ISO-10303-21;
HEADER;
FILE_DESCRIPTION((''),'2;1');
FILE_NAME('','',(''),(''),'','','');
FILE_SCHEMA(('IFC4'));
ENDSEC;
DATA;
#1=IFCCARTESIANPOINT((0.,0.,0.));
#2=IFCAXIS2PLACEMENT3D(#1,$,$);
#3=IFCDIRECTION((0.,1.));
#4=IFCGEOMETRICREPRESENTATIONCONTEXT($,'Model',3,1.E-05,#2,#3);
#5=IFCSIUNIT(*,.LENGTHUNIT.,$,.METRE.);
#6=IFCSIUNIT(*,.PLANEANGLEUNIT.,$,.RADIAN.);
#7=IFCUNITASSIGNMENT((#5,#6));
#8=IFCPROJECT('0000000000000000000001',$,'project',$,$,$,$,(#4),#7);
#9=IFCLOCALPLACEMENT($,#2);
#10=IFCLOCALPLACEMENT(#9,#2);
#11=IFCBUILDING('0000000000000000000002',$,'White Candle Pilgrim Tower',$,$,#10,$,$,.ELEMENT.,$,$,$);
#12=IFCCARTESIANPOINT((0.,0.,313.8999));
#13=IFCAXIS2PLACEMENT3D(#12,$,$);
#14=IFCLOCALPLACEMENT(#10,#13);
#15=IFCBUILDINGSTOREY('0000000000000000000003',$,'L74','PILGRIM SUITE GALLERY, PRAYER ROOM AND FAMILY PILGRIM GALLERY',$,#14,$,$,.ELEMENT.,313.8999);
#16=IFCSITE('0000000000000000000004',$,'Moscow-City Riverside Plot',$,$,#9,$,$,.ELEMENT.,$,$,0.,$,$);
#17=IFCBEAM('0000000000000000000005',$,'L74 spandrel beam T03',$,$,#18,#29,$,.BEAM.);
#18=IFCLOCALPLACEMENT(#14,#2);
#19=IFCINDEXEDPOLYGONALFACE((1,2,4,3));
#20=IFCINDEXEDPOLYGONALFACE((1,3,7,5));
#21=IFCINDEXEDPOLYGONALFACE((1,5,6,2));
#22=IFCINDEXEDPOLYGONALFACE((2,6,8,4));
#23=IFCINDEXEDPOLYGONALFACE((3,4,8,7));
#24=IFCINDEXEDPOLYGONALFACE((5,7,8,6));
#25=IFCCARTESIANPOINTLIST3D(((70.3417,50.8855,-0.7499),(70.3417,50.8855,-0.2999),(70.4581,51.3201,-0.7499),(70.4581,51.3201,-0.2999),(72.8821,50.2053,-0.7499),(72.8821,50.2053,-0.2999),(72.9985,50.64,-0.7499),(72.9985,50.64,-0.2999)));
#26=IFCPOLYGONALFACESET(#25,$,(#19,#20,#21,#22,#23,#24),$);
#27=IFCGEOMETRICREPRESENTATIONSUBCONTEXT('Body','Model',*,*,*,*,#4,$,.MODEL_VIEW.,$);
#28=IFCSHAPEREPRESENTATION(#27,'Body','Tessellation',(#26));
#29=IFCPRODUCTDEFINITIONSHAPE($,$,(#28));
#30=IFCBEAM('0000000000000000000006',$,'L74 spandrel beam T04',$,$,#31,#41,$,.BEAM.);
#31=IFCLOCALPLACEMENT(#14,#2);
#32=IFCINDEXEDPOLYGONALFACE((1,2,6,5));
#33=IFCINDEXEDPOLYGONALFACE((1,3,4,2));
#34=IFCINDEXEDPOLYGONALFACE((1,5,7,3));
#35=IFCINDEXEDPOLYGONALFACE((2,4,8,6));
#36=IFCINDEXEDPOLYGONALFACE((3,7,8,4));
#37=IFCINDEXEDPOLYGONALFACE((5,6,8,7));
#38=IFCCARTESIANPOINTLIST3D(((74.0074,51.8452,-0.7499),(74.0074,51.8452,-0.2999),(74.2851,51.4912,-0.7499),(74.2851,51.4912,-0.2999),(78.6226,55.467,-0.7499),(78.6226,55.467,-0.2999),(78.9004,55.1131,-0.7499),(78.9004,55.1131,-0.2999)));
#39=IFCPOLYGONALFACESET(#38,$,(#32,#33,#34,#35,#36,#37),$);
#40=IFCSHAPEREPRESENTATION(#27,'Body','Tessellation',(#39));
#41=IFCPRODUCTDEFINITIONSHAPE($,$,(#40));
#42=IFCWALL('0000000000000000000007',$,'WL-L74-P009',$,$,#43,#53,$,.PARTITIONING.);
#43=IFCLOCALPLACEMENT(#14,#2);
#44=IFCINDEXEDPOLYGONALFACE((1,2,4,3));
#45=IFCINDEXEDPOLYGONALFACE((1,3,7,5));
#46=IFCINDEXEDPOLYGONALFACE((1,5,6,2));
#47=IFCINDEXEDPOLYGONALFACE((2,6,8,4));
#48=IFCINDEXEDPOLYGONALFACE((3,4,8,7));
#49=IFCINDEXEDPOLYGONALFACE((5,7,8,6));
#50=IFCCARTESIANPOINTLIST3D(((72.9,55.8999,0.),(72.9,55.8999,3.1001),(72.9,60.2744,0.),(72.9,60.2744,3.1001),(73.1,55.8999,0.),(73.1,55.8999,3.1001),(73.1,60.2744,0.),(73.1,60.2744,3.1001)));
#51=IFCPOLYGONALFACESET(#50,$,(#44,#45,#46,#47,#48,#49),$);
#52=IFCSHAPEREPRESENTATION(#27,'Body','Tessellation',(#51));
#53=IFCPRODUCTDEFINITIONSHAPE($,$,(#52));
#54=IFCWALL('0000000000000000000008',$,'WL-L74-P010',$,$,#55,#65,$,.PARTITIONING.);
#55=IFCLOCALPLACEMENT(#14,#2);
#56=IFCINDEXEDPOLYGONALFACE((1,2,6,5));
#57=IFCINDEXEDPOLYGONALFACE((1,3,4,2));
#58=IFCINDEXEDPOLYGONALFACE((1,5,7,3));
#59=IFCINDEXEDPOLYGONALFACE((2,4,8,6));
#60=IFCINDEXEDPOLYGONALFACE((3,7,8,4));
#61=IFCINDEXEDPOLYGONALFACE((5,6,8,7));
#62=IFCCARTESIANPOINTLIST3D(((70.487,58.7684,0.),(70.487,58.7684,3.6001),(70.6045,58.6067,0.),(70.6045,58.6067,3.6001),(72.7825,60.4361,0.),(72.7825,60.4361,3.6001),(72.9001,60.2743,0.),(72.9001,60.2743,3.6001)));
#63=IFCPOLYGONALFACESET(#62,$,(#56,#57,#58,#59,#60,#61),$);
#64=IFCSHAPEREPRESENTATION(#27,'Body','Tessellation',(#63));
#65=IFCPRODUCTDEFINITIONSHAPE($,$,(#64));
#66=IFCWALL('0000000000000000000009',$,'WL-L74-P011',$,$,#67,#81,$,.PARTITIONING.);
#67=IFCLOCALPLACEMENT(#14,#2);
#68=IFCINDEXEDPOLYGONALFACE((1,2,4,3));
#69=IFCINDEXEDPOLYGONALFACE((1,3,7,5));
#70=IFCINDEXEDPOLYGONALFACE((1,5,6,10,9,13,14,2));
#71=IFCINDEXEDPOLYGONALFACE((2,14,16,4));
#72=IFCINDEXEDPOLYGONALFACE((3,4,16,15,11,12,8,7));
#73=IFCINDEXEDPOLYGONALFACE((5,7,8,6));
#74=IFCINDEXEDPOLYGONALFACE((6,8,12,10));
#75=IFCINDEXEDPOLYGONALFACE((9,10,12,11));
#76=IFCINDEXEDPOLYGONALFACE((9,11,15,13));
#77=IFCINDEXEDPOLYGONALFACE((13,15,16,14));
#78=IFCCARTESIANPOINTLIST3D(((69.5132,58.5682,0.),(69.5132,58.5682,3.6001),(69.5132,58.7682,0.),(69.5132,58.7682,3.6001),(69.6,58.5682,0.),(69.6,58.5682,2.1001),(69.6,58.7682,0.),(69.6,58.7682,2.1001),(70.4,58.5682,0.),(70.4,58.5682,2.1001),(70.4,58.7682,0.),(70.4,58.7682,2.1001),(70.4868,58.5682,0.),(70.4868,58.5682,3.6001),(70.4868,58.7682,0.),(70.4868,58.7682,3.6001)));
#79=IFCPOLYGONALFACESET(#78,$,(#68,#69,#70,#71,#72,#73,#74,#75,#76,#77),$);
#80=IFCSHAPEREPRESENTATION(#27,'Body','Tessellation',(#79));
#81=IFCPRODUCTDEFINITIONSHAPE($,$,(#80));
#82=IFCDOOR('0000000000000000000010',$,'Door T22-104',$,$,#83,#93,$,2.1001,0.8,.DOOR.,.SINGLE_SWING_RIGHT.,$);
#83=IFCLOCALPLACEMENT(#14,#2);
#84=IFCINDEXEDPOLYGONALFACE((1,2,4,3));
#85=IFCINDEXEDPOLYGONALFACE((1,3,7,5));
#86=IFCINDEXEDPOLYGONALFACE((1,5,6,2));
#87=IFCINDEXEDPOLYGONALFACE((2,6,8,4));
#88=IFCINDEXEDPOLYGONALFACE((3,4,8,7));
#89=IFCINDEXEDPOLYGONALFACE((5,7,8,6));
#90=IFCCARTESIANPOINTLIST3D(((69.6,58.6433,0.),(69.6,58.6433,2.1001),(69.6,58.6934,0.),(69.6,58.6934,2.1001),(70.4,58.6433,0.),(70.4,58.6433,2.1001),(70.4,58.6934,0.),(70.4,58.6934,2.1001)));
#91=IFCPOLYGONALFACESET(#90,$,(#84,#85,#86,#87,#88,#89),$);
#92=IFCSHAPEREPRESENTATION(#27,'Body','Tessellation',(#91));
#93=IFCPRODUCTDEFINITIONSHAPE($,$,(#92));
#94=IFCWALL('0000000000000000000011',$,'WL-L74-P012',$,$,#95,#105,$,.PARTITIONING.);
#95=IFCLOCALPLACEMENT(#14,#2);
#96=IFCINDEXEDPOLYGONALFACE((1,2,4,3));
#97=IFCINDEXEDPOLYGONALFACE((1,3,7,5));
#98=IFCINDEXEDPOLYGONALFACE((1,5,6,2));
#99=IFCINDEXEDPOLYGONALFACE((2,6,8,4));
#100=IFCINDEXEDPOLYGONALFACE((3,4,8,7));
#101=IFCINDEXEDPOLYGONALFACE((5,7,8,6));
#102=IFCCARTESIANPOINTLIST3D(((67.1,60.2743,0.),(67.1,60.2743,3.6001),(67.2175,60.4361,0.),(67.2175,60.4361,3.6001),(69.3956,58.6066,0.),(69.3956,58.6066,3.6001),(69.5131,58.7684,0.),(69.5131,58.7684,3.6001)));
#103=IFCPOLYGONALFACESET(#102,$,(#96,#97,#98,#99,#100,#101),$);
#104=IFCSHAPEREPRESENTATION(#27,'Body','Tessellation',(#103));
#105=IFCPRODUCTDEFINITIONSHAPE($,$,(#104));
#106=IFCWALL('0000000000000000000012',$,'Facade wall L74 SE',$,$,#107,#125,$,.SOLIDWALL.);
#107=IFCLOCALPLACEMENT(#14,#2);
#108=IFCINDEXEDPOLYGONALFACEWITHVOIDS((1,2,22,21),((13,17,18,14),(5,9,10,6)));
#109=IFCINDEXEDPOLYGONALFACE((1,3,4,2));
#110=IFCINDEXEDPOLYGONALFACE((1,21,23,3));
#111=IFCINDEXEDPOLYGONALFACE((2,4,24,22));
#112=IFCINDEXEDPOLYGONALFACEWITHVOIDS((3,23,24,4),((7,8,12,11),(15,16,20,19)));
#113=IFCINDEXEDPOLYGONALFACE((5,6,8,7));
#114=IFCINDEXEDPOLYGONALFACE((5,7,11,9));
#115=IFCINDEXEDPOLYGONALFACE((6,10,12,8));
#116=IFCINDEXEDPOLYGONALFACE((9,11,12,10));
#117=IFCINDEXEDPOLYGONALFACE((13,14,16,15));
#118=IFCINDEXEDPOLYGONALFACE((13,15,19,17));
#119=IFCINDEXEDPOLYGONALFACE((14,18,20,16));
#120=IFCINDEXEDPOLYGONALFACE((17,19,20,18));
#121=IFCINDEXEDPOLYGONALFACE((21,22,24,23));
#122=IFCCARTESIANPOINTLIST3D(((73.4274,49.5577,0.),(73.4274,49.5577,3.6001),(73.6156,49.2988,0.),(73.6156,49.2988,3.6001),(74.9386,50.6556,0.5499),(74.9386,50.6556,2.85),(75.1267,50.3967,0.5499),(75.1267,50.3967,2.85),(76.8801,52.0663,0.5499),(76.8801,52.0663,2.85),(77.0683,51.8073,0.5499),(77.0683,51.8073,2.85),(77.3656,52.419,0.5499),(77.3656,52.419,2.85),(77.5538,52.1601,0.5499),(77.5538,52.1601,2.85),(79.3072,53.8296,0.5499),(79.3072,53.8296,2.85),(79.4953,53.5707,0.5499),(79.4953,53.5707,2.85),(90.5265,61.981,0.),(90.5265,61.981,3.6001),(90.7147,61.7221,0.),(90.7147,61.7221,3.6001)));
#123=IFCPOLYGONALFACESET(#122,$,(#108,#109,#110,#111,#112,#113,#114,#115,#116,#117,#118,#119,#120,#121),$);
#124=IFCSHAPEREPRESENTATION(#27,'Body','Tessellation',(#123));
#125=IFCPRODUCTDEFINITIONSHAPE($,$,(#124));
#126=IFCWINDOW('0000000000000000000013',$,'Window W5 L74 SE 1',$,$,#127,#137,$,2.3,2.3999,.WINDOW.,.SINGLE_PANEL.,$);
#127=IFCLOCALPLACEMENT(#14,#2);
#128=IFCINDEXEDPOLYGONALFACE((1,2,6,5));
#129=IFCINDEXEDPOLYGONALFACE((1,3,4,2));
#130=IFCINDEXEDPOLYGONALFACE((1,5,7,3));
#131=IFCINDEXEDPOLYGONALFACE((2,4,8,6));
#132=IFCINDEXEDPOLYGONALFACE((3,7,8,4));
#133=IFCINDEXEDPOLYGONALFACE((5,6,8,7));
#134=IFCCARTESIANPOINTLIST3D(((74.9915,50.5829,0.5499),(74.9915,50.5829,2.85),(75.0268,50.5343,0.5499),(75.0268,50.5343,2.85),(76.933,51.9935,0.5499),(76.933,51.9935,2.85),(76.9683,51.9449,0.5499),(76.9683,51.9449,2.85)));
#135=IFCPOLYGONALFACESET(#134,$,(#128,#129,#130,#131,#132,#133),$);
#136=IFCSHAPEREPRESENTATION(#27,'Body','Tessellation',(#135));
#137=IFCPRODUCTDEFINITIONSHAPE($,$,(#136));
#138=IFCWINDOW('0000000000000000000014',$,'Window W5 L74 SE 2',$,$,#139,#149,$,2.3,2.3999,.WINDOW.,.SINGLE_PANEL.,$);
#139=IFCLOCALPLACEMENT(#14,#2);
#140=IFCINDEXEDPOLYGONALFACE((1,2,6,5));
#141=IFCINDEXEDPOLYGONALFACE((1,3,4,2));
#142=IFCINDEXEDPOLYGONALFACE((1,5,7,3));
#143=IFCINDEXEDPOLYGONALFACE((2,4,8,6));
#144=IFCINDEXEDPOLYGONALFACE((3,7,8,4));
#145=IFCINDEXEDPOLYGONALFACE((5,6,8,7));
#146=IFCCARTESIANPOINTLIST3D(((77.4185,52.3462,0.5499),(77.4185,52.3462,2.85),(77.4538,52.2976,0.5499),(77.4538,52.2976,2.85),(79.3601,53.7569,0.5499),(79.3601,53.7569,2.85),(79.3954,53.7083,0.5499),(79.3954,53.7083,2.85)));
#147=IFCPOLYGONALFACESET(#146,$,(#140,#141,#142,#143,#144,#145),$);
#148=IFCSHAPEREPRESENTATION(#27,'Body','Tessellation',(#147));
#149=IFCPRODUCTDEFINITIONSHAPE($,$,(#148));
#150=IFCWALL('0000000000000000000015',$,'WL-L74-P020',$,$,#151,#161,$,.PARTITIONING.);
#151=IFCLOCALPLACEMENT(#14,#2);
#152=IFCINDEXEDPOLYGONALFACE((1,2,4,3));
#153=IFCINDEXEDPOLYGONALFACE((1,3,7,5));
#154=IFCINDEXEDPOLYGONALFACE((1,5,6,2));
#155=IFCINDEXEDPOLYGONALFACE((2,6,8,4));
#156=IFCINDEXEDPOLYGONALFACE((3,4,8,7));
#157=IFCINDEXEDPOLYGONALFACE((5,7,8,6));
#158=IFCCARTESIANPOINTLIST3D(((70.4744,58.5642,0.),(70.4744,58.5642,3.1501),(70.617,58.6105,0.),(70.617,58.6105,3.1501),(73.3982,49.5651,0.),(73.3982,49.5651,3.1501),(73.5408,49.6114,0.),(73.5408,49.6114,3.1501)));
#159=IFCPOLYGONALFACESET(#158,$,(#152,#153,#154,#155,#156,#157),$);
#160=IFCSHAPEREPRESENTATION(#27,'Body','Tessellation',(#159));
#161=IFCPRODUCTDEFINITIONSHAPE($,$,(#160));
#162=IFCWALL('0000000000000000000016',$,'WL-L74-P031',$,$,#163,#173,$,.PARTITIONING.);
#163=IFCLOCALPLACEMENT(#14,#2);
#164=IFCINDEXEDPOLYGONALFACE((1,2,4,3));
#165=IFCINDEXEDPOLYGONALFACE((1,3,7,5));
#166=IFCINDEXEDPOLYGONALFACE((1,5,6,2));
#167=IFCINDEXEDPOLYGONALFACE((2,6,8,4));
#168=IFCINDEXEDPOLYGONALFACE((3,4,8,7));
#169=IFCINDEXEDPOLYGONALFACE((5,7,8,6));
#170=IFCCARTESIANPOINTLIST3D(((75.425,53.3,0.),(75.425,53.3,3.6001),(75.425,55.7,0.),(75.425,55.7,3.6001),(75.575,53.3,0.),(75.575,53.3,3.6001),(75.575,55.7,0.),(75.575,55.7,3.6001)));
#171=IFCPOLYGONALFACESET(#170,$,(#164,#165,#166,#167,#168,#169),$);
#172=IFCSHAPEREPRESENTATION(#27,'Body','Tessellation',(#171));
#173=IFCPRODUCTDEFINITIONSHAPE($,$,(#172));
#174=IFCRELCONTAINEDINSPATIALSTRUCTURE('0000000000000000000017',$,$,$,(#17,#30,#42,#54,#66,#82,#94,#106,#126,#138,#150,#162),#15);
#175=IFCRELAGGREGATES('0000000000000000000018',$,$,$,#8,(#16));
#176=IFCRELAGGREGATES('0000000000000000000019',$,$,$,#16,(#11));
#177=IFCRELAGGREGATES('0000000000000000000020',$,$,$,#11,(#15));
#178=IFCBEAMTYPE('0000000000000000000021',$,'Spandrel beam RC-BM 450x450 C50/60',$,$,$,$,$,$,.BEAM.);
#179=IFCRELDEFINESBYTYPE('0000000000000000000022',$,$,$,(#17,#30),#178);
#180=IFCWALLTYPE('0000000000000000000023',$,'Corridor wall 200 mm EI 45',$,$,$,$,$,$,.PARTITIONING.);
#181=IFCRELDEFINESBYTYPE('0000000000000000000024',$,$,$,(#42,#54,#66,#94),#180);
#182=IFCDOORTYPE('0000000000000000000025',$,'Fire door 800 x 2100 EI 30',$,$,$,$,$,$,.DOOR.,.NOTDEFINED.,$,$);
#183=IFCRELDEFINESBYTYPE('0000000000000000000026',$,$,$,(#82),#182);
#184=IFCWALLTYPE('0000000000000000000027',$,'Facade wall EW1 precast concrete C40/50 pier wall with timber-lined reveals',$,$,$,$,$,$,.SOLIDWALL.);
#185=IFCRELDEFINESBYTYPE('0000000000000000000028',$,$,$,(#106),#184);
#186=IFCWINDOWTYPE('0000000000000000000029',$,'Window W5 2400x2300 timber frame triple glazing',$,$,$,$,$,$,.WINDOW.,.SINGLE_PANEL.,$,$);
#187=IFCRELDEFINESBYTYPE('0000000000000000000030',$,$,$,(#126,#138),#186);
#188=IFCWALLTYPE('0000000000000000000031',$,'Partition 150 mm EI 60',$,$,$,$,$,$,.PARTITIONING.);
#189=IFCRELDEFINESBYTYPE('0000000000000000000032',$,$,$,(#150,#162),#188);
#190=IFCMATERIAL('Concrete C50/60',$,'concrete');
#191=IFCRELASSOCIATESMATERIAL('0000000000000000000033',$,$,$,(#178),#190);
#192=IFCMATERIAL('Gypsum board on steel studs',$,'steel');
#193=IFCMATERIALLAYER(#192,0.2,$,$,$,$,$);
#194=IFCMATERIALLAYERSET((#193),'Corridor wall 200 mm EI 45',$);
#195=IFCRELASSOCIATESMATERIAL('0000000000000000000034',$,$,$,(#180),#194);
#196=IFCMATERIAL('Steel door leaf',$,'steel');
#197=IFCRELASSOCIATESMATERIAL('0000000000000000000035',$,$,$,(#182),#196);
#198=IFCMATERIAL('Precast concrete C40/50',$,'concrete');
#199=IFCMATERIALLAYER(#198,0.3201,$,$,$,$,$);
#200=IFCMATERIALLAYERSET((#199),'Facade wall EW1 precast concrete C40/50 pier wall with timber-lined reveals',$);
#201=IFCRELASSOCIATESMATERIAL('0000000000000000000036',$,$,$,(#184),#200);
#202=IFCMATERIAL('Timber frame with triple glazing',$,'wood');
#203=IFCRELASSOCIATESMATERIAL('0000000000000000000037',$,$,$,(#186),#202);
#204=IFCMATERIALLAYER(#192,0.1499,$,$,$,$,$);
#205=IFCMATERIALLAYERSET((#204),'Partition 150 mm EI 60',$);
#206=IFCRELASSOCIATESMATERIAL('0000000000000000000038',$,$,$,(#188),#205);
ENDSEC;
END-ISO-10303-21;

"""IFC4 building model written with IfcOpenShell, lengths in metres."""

from ifc_helpers import new_model, si_unit, direction, frame, frame_2d, origin, origin_2d, place, context, subcontext, project, spatial, rectangle, extrude, material, layer, layer_set, material_profile, profile_set, type_object, element, fill, save


model = new_model("IFC4")

# Units and contexts
model_context = context("Model", 3, precision=1e-05, world=origin(), true_north=direction((0.0, 1.0)))
body_context = subcontext(model_context, "Body", "Model", "MODEL_VIEW")
ifc_project = project(units=[si_unit("LENGTHUNIT", "METRE"), si_unit("PLANEANGLEUNIT", "RADIAN")], contexts=[model_context])

# Site, building, storey
site_placement = place(None, origin())
site = spatial("IfcSite", under=ifc_project, at=site_placement, Name="Moscow-City Riverside Plot", CompositionType="ELEMENT", RefElevation=0.0)
building_placement = place(site_placement, origin())
building = spatial("IfcBuilding", under=site, at=building_placement, Name="White Candle Pilgrim Tower", CompositionType="ELEMENT")
storey_placement = place(building_placement, frame((0.0, 0.0, 313.8999)))
storey = spatial("IfcBuildingStorey", under=building, at=storey_placement, Name="L74", Description="PILGRIM SUITE GALLERY, PRAYER ROOM AND FAMILY PILGRIM GALLERY", CompositionType="ELEMENT", Elevation=313.8999)

# Beams
ifc_material_1 = material(Name="Concrete C50/60", Category="concrete")
ifc_material_profile_1 = material_profile(ifc_material_1, rectangle(XDim=0.45, YDim=0.45, at=origin_2d()), Name="RC-BM 450x450")
ifc_profile_set_1 = profile_set([ifc_material_profile_1], Name="Concrete C50/60")
beam_type_1 = type_object("IfcBeamType", Name="Spandrel beam RC-BM 450x450 C50/60", PredefinedType="BEAM", material=ifc_profile_set_1)
beam_1_placement = place(storey_placement, frame((70.3999, 51.1028, -0.5249), z_axis=(0.965979, -0.258622, 0.0), x_axis=(0.258622, 0.965979, 0.0)))
element("IfcBeam", 1, at=beam_1_placement, inside=storey, type_object=beam_type_1, Name="L74 spandrel beam T03", PredefinedType="BEAM", context=body_context, shape_type="SweptSolid", body=[
    extrude(rectangle(XDim=0.45, YDim=0.45, at=origin_2d()), origin(), (0.0, 0.0, 1.0), 2.6299),
])
beam_2_placement = place(storey_placement, frame((74.1462, 51.6682, -0.5249), z_axis=(0.786685, 0.617355, 0.0), x_axis=(-0.617355, 0.786685, 0.0)))
element("IfcBeam", 2, at=beam_2_placement, inside=storey, type_object=beam_type_1, Name="L74 spandrel beam T04", PredefinedType="BEAM", context=body_context, shape_type="SweptSolid", body=[
    extrude(rectangle(XDim=0.45, YDim=0.45, at=origin_2d()), origin(), (0.0, 0.0, 1.0), 5.8667),
])

# Walls
ifc_material_2 = material(Name="Gypsum board on steel studs", Category="steel")
ifc_layer_1 = layer(ifc_material_2, 0.2)
ifc_layer_set_1 = layer_set([ifc_layer_1], Name="Corridor wall 200 mm EI 45")
wall_type_1 = type_object("IfcWallType", Name="Corridor wall 200 mm EI 45", PredefinedType="PARTITIONING", material=ifc_layer_set_1)
wall_1_placement = place(storey_placement, frame((73.0, 55.8999, 0.0), z_axis=(0.0, 0.0, 1.0), x_axis=(0.0, 1.0, 0.0)))
element("IfcWall", 3, at=wall_1_placement, inside=storey, type_object=wall_type_1, Name="WL-L74-P009", PredefinedType="PARTITIONING", context=body_context, shape_type="SweptSolid", body=[
    extrude(rectangle(XDim=4.3745, YDim=0.2, at=frame_2d((2.1873, 0.0))), origin(), (0.0, 0.0, 1.0), 3.1001),
])
wall_2_placement = place(storey_placement, frame((72.8413, 60.3552, 0.0), z_axis=(0.0, 0.0, 1.0), x_axis=(-0.809045, -0.587747, 0.0)))
element("IfcWall", 4, at=wall_2_placement, inside=storey, type_object=wall_type_1, Name="WL-L74-P010", PredefinedType="PARTITIONING", context=body_context, shape_type="SweptSolid", body=[
    extrude(rectangle(XDim=2.8374, YDim=0.2, at=frame_2d((1.4187, 0.0))), origin(), (0.0, 0.0, 1.0), 3.6001),
])

# Wall, opening, door
wall_3_placement = place(storey_placement, frame((70.4868, 58.6682, 0.0), z_axis=(0.0, 0.0, 1.0), x_axis=(-1.0, 0.0, 0.0)))
wall_3 = element("IfcWall", 5, at=wall_3_placement, inside=storey, type_object=wall_type_1, Name="WL-L74-P011", PredefinedType="PARTITIONING", context=body_context, shape_type="SweptSolid", body=[
    extrude(rectangle(XDim=0.9736, YDim=0.2, at=frame_2d((0.4868, 0.0))), origin(), (0.0, 0.0, 1.0), 3.6001),
])
opening_1_placement = place(wall_3_placement, frame((0.0869, 0.0, 0.0)))
opening_1 = element("IfcOpeningElement", 6, at=opening_1_placement, cuts=wall_3, PredefinedType="OPENING", context=body_context, shape_type="SweptSolid", body=[
    extrude(rectangle(XDim=0.8, YDim=2.1001, at=frame_2d((0.3999, 1.05))), frame((0.0, 0.1099, 0.0), z_axis=(0.0, -1.0, 0.0), x_axis=(1.0, 0.0, 0.0)), (0.0, 0.0, 1.0), 0.22),
])
ifc_material_3 = material(Name="Steel door leaf", Category="steel")
door_type_1 = type_object("IfcDoorType", Name="Fire door 800 x 2100 EI 30", OperationType="NOTDEFINED", PredefinedType="DOOR", material=ifc_material_3)
door_1_placement = place(opening_1_placement, origin())
door_1 = element("IfcDoor", 7, at=door_1_placement, inside=storey, type_object=door_type_1, Name="Door T22-104", OperationType="SINGLE_SWING_RIGHT", OverallHeight=2.1001, OverallWidth=0.8, PredefinedType="DOOR", context=body_context, shape_type="SweptSolid", body=[
    extrude(rectangle(XDim=0.8, YDim=2.1001, at=frame_2d((0.3999, 1.05))), frame((0.0, 0.0249, 0.0), z_axis=(0.0, -1.0, 0.0), x_axis=(1.0, 0.0, 0.0)), (0.0, 0.0, 1.0), 0.05),
])
fill(opening_1, door_1)

# Wall
wall_4_placement = place(storey_placement, frame((69.4543, 58.6875, 0.0), z_axis=(0.0, 0.0, 1.0), x_axis=(-0.809045, 0.587747, 0.0)))
element("IfcWall", 8, at=wall_4_placement, inside=storey, type_object=wall_type_1, Name="WL-L74-P012", PredefinedType="PARTITIONING", context=body_context, shape_type="SweptSolid", body=[
    extrude(rectangle(XDim=2.8374, YDim=0.2, at=frame_2d((1.4187, 0.0))), origin(), (0.0, 0.0, 1.0), 3.6001),
])

# Wall, openings, windows
ifc_material_4 = material(Name="Precast concrete C40/50", Category="concrete")
ifc_layer_2 = layer(ifc_material_4, 0.3201)
ifc_layer_set_2 = layer_set([ifc_layer_2], Name="Facade wall EW1 precast concrete C40/50 pier wall with timber-lined reveals")
wall_type_2 = type_object("IfcWallType", Name="Facade wall EW1 precast concrete C40/50 pier wall with timber-lined reveals", PredefinedType="SOLIDWALL", material=ifc_layer_set_2)
wall_5_placement = place(storey_placement, frame((73.5215, 49.4282, 0.0), z_axis=(0.0, 0.0, 1.0), x_axis=(0.809015, 0.587788, 0.0)))
wall_5 = element("IfcWall", 9, at=wall_5_placement, inside=storey, type_object=wall_type_2, Name="Facade wall L74 SE", PredefinedType="SOLIDWALL", context=body_context, shape_type="SweptSolid", body=[
    extrude(rectangle(XDim=21.1357, YDim=0.3201, at=frame_2d((10.5679, 0.0))), origin(), (0.0, 0.0, 1.0), 3.6001),
])
opening_2_placement = place(wall_5_placement, frame((1.8679, 0.0, 0.55)))
opening_2 = element("IfcOpeningElement", 10, at=opening_2_placement, cuts=wall_5, PredefinedType="OPENING", context=body_context, shape_type="SweptSolid", body=[
    extrude(rectangle(XDim=2.3999, YDim=2.3, at=frame_2d((1.2, 1.1499))), frame((0.0, 0.1699, 0.0), z_axis=(0.0, -1.0, 0.0), x_axis=(1.0, 0.0, 0.0)), (0.0, 0.0, 1.0), 0.3401),
])
opening_3_placement = place(wall_5_placement, frame((4.8679, 0.0, 0.55)))
opening_3 = element("IfcOpeningElement", 11, at=opening_3_placement, cuts=wall_5, PredefinedType="OPENING", context=body_context, shape_type="SweptSolid", body=[
    extrude(rectangle(XDim=2.3999, YDim=2.3, at=frame_2d((1.2, 1.1499))), frame((0.0, 0.1699, 0.0), z_axis=(0.0, -1.0, 0.0), x_axis=(1.0, 0.0, 0.0)), (0.0, 0.0, 1.0), 0.3401),
])
ifc_material_5 = material(Name="Timber frame with triple glazing", Category="wood")
window_type = type_object("IfcWindowType", Name="Window W5 2400x2300 timber frame triple glazing", PartitioningType="SINGLE_PANEL", PredefinedType="WINDOW", material=ifc_material_5)
window_1_placement = place(opening_2_placement, origin())
window_1 = element("IfcWindow", 12, at=window_1_placement, inside=storey, type_object=window_type, Name="Window W5 L74 SE 1", OverallHeight=2.3, OverallWidth=2.3999, PartitioningType="SINGLE_PANEL", PredefinedType="WINDOW", context=body_context, shape_type="SweptSolid", body=[
    extrude(rectangle(XDim=2.3999, YDim=2.3, at=frame_2d((1.2, 1.1499))), frame((0.0, 0.0701, 0.0), z_axis=(0.0, -1.0, 0.0), x_axis=(1.0, 0.0, 0.0)), (0.0, 0.0, 1.0), 0.0601),
])
fill(opening_2, window_1)
window_2_placement = place(opening_3_placement, origin())
window_2 = element("IfcWindow", 13, at=window_2_placement, inside=storey, type_object=window_type, Name="Window W5 L74 SE 2", OverallHeight=2.3, OverallWidth=2.3999, PartitioningType="SINGLE_PANEL", PredefinedType="WINDOW", context=body_context, shape_type="SweptSolid", body=[
    extrude(rectangle(XDim=2.3999, YDim=2.3, at=frame_2d((1.2, 1.1499))), frame((0.0, 0.0701, 0.0), z_axis=(0.0, -1.0, 0.0), x_axis=(1.0, 0.0, 0.0)), (0.0, 0.0, 1.0), 0.0601),
])
fill(opening_3, window_2)

# Walls
ifc_layer_3 = layer(ifc_material_2, 0.1499)
ifc_layer_set_3 = layer_set([ifc_layer_3], Name="Partition 150 mm EI 60")
wall_type_3 = type_object("IfcWallType", Name="Partition 150 mm EI 60", PredefinedType="PARTITIONING", material=ifc_layer_set_3)
wall_6_placement = place(storey_placement, frame((73.4695, 49.5884, 0.0), z_axis=(0.0, 0.0, 1.0), x_axis=(-0.309004, 0.951061, 0.0)))
element("IfcWall", 14, at=wall_6_placement, inside=storey, type_object=wall_type_3, Name="WL-L74-P020", PredefinedType="PARTITIONING", context=body_context, shape_type="SweptSolid", body=[
    extrude(rectangle(XDim=9.4622, YDim=0.1499, at=frame_2d((4.731, 0.0))), origin(), (0.0, 0.0, 1.0), 3.1501),
])
wall_7_placement = place(storey_placement, frame((75.5, 55.7, 0.0), z_axis=(0.0, 0.0, 1.0), x_axis=(0.0, -1.0, 0.0)))
element("IfcWall", 15, at=wall_7_placement, inside=storey, type_object=wall_type_3, Name="WL-L74-P031", PredefinedType="PARTITIONING", context=body_context, shape_type="SweptSolid", body=[
    extrude(rectangle(XDim=2.3999, YDim=0.1499, at=frame_2d((1.2, 0.0))), origin(), (0.0, 0.0, 1.0), 3.6001),
])

save(model, "model.ifc")
